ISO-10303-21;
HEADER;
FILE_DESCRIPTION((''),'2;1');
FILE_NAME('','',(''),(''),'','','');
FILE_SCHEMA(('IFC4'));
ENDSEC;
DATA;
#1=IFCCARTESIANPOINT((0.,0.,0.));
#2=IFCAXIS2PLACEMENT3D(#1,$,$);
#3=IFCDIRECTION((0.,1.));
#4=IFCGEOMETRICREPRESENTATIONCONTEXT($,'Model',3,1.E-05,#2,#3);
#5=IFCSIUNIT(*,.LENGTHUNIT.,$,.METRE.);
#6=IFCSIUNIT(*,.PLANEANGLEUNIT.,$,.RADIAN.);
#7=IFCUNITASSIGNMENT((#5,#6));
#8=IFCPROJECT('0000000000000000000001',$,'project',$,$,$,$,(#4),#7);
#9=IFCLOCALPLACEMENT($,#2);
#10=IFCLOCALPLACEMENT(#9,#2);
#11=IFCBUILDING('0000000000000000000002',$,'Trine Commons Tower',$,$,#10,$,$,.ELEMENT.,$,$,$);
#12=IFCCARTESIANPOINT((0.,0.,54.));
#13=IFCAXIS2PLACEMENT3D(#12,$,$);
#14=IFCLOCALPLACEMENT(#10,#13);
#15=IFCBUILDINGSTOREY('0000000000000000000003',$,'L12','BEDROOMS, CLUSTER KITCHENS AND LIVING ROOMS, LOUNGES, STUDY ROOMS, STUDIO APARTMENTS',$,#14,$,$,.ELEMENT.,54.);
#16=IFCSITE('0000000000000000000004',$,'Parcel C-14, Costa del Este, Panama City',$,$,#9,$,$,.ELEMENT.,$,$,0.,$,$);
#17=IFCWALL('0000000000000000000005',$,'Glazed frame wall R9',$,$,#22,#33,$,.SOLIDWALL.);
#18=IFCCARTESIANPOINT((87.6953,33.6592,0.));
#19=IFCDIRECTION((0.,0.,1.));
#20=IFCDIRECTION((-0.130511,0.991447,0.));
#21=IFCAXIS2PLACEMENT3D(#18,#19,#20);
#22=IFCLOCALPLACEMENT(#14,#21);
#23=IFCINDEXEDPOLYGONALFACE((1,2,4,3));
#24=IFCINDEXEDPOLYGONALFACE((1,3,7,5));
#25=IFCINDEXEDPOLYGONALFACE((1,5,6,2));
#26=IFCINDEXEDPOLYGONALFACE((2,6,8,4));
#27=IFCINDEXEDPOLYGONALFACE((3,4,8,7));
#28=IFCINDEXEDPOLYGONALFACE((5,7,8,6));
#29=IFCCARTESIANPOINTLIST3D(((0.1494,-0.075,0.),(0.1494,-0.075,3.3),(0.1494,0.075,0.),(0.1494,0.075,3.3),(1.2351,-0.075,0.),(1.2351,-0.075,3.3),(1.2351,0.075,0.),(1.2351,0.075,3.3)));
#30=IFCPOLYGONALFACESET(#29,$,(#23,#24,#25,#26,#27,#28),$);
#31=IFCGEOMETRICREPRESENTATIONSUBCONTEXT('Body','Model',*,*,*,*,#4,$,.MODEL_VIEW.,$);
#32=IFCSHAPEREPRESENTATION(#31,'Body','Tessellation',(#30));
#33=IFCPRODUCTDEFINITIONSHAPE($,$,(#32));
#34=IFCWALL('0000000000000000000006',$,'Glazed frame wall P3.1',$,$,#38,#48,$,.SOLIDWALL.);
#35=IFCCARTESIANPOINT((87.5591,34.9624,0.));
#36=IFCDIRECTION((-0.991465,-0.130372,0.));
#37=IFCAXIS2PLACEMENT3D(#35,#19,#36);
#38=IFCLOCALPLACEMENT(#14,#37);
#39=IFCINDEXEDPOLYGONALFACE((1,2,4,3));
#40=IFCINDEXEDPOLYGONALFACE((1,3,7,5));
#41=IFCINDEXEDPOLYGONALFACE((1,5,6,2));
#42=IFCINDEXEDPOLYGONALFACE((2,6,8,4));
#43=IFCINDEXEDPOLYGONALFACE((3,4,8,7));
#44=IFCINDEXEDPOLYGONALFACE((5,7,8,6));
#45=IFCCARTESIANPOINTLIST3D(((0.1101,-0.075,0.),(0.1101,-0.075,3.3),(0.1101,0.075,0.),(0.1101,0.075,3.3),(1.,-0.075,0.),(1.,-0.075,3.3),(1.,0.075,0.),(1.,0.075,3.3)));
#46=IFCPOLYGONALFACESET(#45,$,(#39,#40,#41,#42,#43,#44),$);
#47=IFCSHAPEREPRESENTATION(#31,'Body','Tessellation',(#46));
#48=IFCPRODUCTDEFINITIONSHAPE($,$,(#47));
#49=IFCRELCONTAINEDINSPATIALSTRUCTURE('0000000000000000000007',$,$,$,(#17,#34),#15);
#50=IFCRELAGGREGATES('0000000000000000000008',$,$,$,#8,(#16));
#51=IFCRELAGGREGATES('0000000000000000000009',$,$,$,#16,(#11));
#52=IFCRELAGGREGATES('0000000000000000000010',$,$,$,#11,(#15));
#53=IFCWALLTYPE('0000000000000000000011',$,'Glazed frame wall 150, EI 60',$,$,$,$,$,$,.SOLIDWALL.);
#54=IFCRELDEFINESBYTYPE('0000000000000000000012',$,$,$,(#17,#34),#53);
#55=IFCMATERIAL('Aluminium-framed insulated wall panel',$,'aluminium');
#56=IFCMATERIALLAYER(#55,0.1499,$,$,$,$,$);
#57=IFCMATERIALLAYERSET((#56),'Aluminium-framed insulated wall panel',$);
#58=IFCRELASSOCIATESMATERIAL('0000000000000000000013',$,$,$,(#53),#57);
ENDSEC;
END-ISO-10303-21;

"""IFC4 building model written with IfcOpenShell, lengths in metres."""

from ifc_helpers import new_model, si_unit, direction, frame, origin, place, context, subcontext, project, spatial, polyline, outline, extrude, material, layer, layer_set, type_object, element, save


model = new_model("IFC4")

# Units and contexts
model_context = context("Model", 3, precision=1e-05, world=origin(), true_north=direction((0.0, 1.0)))
body_context = subcontext(model_context, "Body", "Model", "MODEL_VIEW")
ifc_project = project(units=[si_unit("LENGTHUNIT", "METRE"), si_unit("PLANEANGLEUNIT", "RADIAN")], contexts=[model_context])

# Site, building, storey
site_placement = place(None, origin())
site = spatial("IfcSite", under=ifc_project, at=site_placement, Name="Parcel C-14, Costa del Este, Panama City", CompositionType="ELEMENT", RefElevation=0.0)
building_placement = place(site_placement, origin())
building = spatial("IfcBuilding", under=site, at=building_placement, Name="Trine Commons Tower", CompositionType="ELEMENT")
storey_placement = place(building_placement, frame((0.0, 0.0, 54.0)))
storey = spatial("IfcBuildingStorey", under=building, at=storey_placement, Name="L12", Description="BEDROOMS, CLUSTER KITCHENS AND LIVING ROOMS, LOUNGES, STUDY ROOMS, STUDIO APARTMENTS", CompositionType="ELEMENT", Elevation=54.0)

# Walls
ifc_material_1 = material(Name="Aluminium-framed insulated wall panel", Category="aluminium")
ifc_layer_1 = layer(ifc_material_1, 0.1499)
ifc_layer_set_1 = layer_set([ifc_layer_1], Name="Aluminium-framed insulated wall panel")
wall_type_1 = type_object("IfcWallType", Name="Glazed frame wall 150, EI 60", PredefinedType="SOLIDWALL", material=ifc_layer_set_1)
wall_1_placement = place(storey_placement, frame((87.6953, 33.6592, 0.0), z_axis=(0.0, 0.0, 1.0), x_axis=(-0.130511, 0.991447, 0.0)))
element("IfcWall", 1, at=wall_1_placement, inside=storey, type_object=wall_type_1, Name="Glazed frame wall R9", PredefinedType="SOLIDWALL", context=body_context, shape_type="SweptSolid", body=[
    extrude(outline(polyline([(0.1494, 0.075), (0.1494, -0.075), (1.2351, -0.075), (1.2351, 0.075), (0.1494, 0.075)])), origin(), (0.0, 0.0, 1.0), 3.3),
])
wall_2_placement = place(storey_placement, frame((87.5591, 34.9624, 0.0), z_axis=(0.0, 0.0, 1.0), x_axis=(-0.991465, -0.130372, 0.0)))
element("IfcWall", 2, at=wall_2_placement, inside=storey, type_object=wall_type_1, Name="Glazed frame wall P3.1", PredefinedType="SOLIDWALL", context=body_context, shape_type="SweptSolid", body=[
    extrude(outline(polyline([(0.1101, -0.075), (1.0, -0.075), (1.0, 0.075), (0.1101, 0.075), (0.1101, -0.075)])), origin(), (0.0, 0.0, 1.0), 3.3),
])

save(model, "model.ifc")
